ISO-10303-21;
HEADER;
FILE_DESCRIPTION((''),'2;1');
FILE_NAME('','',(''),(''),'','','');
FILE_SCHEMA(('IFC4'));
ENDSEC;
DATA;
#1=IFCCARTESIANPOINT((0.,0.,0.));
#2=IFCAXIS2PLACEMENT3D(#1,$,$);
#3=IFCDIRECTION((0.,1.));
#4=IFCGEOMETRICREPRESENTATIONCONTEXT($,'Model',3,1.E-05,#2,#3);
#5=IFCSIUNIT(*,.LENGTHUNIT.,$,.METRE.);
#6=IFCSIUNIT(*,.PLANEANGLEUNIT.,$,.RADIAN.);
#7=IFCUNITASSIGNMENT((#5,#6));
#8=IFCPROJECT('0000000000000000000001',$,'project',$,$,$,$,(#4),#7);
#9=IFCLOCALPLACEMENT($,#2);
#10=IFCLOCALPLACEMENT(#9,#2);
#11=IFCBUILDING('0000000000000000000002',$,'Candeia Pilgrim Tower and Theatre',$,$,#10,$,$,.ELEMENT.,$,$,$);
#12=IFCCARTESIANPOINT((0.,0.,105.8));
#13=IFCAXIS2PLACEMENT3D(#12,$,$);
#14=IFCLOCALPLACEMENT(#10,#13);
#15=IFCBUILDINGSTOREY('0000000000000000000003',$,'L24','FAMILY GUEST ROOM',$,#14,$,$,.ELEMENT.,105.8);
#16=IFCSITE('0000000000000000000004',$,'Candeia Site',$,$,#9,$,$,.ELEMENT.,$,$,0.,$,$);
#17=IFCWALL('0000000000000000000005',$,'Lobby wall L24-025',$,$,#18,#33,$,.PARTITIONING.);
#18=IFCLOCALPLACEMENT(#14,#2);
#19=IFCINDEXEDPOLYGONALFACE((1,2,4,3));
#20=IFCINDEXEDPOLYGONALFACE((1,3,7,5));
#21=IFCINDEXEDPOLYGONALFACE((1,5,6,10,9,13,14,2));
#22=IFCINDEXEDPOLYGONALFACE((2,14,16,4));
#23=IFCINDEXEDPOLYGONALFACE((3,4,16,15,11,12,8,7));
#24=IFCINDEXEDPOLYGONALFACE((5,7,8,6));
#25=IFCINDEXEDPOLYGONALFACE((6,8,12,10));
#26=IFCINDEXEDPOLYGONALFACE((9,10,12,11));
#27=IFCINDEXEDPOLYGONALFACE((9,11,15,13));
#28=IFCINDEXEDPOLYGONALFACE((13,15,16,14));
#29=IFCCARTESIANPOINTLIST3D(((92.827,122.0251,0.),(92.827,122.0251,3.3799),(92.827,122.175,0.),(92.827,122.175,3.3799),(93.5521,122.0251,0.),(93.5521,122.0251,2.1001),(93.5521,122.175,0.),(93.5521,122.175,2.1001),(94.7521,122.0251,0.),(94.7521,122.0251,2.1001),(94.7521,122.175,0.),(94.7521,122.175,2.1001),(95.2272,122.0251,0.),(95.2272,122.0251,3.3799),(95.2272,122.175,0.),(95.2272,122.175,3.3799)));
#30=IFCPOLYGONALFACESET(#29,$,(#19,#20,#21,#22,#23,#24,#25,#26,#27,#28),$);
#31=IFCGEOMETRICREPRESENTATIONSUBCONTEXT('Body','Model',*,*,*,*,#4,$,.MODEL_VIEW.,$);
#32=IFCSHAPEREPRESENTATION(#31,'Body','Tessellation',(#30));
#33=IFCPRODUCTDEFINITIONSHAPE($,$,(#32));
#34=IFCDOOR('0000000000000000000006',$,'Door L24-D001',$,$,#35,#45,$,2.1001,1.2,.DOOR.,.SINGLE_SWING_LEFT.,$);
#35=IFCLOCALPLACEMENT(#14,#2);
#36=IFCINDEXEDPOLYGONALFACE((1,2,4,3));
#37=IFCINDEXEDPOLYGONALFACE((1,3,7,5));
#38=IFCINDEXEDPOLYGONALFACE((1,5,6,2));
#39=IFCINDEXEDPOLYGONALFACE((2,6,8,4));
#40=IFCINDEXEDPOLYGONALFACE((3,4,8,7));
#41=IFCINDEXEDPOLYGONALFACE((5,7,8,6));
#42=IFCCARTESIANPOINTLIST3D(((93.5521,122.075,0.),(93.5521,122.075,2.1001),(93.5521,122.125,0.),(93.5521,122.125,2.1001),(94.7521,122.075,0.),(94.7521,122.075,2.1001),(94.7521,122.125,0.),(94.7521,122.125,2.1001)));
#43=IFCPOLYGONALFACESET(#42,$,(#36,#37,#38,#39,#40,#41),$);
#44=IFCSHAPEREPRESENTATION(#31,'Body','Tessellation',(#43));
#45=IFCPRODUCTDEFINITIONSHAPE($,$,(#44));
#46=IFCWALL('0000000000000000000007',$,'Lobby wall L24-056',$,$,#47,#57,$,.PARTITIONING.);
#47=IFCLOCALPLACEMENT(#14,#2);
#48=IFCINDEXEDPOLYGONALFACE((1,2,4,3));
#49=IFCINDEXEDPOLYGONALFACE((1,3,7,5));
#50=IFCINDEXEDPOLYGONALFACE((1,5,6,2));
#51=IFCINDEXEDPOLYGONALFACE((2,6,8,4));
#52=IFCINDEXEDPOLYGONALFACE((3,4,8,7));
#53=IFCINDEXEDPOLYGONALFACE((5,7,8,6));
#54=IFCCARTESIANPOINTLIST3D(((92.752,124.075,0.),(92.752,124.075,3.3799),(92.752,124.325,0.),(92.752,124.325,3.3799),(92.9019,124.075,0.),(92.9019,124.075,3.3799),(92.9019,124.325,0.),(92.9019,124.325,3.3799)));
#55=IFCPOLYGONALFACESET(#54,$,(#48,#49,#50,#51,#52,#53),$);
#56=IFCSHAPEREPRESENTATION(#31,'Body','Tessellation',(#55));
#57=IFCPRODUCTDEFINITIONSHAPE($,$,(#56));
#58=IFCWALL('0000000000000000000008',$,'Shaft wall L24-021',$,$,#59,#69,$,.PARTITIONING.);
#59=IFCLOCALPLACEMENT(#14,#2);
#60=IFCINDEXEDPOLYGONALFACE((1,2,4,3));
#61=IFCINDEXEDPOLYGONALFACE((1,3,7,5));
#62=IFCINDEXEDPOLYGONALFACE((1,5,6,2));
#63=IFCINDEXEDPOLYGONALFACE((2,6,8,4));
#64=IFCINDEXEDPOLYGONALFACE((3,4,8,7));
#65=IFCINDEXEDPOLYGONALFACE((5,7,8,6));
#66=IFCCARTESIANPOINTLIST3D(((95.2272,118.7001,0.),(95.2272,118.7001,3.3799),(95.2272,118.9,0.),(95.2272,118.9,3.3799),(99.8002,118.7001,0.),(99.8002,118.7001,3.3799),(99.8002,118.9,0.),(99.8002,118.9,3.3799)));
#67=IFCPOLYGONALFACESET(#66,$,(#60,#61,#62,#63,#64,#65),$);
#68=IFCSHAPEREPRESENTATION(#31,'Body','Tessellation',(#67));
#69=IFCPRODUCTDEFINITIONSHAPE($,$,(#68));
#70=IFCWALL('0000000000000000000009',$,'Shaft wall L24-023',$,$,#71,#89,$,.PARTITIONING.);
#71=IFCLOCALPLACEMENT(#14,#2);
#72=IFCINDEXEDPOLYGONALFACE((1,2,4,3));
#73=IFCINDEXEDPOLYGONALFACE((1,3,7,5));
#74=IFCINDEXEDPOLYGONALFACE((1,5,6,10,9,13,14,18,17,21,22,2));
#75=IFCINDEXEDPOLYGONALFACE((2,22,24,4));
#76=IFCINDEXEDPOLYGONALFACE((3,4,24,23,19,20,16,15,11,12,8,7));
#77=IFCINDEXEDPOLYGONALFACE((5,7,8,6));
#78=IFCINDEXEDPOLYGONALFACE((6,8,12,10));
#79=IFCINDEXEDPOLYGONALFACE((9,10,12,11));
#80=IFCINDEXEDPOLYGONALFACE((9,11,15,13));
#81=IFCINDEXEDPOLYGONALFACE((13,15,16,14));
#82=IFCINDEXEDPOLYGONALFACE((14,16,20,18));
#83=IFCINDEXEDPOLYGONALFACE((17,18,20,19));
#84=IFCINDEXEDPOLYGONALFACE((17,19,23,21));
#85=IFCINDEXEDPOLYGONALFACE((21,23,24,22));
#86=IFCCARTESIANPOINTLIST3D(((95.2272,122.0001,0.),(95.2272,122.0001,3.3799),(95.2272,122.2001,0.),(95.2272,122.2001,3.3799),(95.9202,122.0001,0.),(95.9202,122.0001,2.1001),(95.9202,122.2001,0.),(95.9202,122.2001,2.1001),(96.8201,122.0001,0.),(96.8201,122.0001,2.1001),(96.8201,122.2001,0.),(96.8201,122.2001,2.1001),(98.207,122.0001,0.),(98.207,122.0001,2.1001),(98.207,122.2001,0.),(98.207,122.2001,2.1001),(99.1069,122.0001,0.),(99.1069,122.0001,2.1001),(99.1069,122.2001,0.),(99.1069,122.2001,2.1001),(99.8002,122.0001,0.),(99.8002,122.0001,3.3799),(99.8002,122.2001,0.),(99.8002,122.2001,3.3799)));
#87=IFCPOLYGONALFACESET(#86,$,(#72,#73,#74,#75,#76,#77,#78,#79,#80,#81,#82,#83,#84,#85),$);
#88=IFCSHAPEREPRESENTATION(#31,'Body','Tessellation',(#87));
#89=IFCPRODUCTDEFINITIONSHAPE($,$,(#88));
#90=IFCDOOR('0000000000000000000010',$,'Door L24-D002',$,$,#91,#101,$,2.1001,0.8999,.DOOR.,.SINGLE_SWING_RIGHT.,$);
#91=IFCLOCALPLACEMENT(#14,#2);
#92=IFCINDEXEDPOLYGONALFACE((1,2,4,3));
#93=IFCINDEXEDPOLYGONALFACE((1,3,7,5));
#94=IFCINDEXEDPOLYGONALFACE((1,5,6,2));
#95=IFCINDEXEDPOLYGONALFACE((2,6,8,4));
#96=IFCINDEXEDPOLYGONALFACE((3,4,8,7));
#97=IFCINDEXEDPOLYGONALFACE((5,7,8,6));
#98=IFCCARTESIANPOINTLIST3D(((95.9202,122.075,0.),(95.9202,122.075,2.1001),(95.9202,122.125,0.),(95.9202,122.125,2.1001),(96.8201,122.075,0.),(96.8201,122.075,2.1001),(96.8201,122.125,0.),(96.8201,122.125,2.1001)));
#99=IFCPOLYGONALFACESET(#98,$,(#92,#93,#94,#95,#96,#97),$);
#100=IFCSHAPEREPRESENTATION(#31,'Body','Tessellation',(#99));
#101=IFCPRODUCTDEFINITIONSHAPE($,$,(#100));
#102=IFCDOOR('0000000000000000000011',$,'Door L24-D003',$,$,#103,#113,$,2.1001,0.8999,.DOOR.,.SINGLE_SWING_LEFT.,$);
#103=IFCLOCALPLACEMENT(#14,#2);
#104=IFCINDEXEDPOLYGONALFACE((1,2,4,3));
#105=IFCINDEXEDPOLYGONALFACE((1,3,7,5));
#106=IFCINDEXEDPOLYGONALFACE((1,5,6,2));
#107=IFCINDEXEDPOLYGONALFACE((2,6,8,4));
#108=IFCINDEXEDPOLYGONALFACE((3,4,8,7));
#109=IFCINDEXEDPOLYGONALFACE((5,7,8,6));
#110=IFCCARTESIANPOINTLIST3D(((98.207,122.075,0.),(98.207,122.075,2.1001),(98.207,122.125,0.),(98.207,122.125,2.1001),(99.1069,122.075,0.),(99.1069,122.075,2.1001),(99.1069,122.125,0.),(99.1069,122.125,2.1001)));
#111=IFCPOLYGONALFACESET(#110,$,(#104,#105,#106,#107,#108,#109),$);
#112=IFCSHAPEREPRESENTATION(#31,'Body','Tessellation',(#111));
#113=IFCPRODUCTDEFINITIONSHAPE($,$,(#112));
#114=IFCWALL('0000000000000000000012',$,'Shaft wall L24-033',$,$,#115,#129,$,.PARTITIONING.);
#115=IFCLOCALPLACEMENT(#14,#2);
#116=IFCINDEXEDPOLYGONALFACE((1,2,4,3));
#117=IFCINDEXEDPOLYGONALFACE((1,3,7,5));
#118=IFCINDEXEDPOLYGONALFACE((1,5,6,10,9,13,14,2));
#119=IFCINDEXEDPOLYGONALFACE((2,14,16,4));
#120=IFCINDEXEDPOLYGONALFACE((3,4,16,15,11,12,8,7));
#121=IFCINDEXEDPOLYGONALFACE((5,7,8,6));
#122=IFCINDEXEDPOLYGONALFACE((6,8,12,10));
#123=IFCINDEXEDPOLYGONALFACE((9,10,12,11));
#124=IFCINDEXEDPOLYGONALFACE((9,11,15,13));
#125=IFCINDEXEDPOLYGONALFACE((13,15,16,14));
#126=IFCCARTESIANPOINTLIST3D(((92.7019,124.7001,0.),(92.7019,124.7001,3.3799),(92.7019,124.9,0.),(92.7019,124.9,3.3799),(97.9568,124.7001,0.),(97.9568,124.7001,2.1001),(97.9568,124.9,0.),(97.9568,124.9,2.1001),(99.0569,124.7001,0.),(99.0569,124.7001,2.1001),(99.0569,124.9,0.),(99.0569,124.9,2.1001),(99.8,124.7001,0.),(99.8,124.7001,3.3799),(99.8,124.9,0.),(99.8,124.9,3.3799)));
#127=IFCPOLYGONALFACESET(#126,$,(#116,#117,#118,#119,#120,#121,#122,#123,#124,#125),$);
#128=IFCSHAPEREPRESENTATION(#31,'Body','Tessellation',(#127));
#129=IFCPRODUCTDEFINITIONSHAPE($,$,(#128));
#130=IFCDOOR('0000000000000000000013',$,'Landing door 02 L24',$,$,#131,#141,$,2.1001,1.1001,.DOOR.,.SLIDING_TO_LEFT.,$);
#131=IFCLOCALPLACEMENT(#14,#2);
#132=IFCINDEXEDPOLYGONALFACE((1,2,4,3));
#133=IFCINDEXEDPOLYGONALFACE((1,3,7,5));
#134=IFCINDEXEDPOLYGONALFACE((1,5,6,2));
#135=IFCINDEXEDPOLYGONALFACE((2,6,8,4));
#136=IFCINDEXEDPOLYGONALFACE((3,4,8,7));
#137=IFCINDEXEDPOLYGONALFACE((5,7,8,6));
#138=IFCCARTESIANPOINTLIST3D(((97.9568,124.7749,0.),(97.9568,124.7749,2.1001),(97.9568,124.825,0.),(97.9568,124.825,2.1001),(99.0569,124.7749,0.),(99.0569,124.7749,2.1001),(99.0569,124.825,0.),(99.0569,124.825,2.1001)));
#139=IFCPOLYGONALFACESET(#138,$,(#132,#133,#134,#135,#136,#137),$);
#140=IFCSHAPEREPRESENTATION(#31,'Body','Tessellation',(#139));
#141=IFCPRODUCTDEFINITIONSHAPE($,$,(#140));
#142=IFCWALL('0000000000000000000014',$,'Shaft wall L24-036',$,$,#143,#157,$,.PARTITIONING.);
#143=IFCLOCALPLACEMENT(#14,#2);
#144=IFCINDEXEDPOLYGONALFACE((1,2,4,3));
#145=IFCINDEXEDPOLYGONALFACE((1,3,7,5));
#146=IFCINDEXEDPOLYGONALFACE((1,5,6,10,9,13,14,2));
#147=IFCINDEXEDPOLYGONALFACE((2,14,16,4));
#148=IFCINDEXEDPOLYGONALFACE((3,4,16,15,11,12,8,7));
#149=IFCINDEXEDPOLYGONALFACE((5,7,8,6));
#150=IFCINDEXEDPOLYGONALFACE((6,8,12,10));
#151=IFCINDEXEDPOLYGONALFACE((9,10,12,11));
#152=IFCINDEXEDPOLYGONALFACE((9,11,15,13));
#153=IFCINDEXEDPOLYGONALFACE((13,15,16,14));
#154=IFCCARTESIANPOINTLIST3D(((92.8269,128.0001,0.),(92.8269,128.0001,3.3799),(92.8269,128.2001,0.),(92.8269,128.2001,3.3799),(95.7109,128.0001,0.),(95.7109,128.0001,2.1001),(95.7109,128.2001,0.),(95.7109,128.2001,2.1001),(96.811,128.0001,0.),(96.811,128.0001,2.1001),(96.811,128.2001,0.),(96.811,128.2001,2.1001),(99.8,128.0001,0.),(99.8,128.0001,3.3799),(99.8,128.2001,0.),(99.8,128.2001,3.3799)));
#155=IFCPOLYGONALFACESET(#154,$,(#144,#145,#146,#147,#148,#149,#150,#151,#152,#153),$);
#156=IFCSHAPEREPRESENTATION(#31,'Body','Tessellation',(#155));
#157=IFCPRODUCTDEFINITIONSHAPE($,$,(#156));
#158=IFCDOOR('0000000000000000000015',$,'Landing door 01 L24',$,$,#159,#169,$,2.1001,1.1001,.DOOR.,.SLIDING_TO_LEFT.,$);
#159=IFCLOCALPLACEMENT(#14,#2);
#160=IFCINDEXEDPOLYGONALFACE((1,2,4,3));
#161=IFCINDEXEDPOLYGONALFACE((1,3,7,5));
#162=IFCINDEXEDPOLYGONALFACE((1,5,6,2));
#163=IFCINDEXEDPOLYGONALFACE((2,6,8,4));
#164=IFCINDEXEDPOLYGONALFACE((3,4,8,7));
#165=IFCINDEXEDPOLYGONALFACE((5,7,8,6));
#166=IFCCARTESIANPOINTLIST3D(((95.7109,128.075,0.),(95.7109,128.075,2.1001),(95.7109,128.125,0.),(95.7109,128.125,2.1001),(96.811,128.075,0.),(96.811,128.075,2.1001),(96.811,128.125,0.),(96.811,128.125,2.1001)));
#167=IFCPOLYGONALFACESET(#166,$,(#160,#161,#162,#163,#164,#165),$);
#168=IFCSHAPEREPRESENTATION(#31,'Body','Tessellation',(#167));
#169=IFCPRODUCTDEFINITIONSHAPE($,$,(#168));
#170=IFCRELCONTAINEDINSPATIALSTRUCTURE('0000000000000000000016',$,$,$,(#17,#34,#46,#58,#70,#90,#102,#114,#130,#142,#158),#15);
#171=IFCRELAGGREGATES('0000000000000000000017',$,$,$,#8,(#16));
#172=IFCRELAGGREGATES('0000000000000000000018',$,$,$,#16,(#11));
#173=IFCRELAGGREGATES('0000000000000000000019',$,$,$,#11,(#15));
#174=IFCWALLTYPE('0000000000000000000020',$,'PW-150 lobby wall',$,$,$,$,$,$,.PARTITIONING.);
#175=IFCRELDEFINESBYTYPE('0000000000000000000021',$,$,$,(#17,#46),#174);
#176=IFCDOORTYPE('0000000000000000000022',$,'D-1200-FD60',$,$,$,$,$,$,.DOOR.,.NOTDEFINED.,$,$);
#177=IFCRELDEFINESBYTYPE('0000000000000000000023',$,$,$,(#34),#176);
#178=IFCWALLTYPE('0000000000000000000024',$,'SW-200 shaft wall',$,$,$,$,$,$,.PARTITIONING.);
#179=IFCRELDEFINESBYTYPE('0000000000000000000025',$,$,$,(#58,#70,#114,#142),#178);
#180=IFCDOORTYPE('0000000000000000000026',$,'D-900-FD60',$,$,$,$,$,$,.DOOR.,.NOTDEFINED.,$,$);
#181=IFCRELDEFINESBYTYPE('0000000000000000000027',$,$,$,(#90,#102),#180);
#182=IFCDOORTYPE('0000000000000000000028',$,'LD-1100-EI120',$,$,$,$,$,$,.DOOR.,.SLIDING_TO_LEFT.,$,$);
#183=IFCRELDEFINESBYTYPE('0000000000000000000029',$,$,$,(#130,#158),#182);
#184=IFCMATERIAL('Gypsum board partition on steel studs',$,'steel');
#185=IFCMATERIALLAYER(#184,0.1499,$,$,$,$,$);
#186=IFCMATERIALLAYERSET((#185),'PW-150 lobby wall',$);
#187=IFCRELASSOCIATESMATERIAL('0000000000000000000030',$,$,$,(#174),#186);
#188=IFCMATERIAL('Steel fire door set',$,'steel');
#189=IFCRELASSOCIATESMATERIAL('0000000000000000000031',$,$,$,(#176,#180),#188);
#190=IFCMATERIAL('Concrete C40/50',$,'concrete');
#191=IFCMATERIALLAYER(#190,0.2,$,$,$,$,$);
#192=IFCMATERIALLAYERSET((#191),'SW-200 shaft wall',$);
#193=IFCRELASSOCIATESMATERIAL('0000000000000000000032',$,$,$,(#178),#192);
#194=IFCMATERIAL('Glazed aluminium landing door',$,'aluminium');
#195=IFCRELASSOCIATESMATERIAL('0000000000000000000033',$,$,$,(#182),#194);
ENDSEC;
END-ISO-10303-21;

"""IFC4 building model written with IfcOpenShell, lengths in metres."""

from ifc_helpers import new_model, si_unit, direction, frame, frame_2d, origin, place, context, subcontext, project, spatial, rectangle, extrude, material, layer, layer_set, type_object, element, fill, save


model = new_model("IFC4")

# Units and contexts
model_context = context("Model", 3, precision=1e-05, world=origin(), true_north=direction((0.0, 1.0)))
body_context = subcontext(model_context, "Body", "Model", "MODEL_VIEW")
ifc_project = project(units=[si_unit("LENGTHUNIT", "METRE"), si_unit("PLANEANGLEUNIT", "RADIAN")], contexts=[model_context])

# Site, building, storey
site_placement = place(None, origin())
site = spatial("IfcSite", under=ifc_project, at=site_placement, Name="Candeia Site", CompositionType="ELEMENT", RefElevation=0.0)
building_placement = place(site_placement, origin())
building = spatial("IfcBuilding", under=site, at=building_placement, Name="Candeia Pilgrim Tower and Theatre", CompositionType="ELEMENT")
storey_placement = place(building_placement, frame((0.0, 0.0, 105.8)))
storey = spatial("IfcBuildingStorey", under=building, at=storey_placement, Name="L24", Description="FAMILY GUEST ROOM", CompositionType="ELEMENT", Elevation=105.8)

# Wall, opening, door
ifc_material_1 = material(Name="Gypsum board partition on steel studs", Category="steel")
ifc_layer_1 = layer(ifc_material_1, 0.1499)
ifc_layer_set_1 = layer_set([ifc_layer_1], Name="PW-150 lobby wall")
wall_type_1 = type_object("IfcWallType", Name="PW-150 lobby wall", PredefinedType="PARTITIONING", material=ifc_layer_set_1)
wall_1_placement = place(storey_placement, frame((92.8269, 122.1001, 0.0), z_axis=(0.0, 0.0, 1.0), x_axis=(1.0, 0.0, 0.0)))
wall_1 = element("IfcWall", 1, at=wall_1_placement, inside=storey, type_object=wall_type_1, Name="Lobby wall L24-025", PredefinedType="PARTITIONING", context=body_context, shape_type="SweptSolid", body=[
    extrude(rectangle(XDim=2.4001, YDim=0.1499, at=frame_2d((1.2002, 0.0))), origin(), (0.0, 0.0, 1.0), 3.3799),
])
opening_1_placement = place(wall_1_placement, frame((0.7251, 0.0, 0.0)))
opening_1 = element("IfcOpeningElement", 2, at=opening_1_placement, cuts=wall_1, PredefinedType="OPENING", context=body_context, shape_type="SweptSolid", body=[
    extrude(rectangle(XDim=1.2, YDim=2.1001, at=frame_2d((0.6001, 1.05))), frame((0.0, 0.085, 0.0), z_axis=(0.0, -1.0, 0.0), x_axis=(1.0, 0.0, 0.0)), (0.0, 0.0, 1.0), 0.1699),
])
ifc_material_2 = material(Name="Steel fire door set", Category="steel")
door_type_1 = type_object("IfcDoorType", Name="D-1200-FD60", OperationType="NOTDEFINED", PredefinedType="DOOR", material=ifc_material_2)
door_1_placement = place(opening_1_placement, origin())
door_1 = element("IfcDoor", 3, at=door_1_placement, inside=storey, type_object=door_type_1, Name="Door L24-D001", OperationType="SINGLE_SWING_LEFT", OverallHeight=2.1001, OverallWidth=1.2, PredefinedType="DOOR", context=body_context, shape_type="SweptSolid", body=[
    extrude(rectangle(XDim=1.2, YDim=2.1001, at=frame_2d((0.6001, 1.05))), frame((0.0, 0.0249, 0.0), z_axis=(0.0, -1.0, 0.0), x_axis=(1.0, 0.0, 0.0)), (0.0, 0.0, 1.0), 0.05),
])
fill(opening_1, door_1)

# Walls
wall_2_placement = place(storey_placement, frame((92.8269, 124.075, 0.0), z_axis=(0.0, 0.0, 1.0), x_axis=(0.0, 1.0, 0.0)))
element("IfcWall", 4, at=wall_2_placement, inside=storey, type_object=wall_type_1, Name="Lobby wall L24-056", PredefinedType="PARTITIONING", context=body_context, shape_type="SweptSolid", body=[
    extrude(rectangle(XDim=0.25, YDim=0.1499, at=frame_2d((0.125, 0.0))), origin(), (0.0, 0.0, 1.0), 3.3799),
])
ifc_material_3 = material(Name="Concrete C40/50", Category="concrete")
ifc_layer_2 = layer(ifc_material_3, 0.2)
ifc_layer_set_2 = layer_set([ifc_layer_2], Name="SW-200 shaft wall")
wall_type_2 = type_object("IfcWallType", Name="SW-200 shaft wall", PredefinedType="PARTITIONING", material=ifc_layer_set_2)
wall_3_placement = place(storey_placement, frame((95.2271, 118.8, 0.0), z_axis=(0.0, 0.0, 1.0), x_axis=(1.0, 0.0, 0.0)))
element("IfcWall", 5, at=wall_3_placement, inside=storey, type_object=wall_type_2, Name="Shaft wall L24-021", PredefinedType="PARTITIONING", context=body_context, shape_type="SweptSolid", body=[
    extrude(rectangle(XDim=4.573, YDim=0.2, at=frame_2d((2.2866, 0.0))), origin(), (0.0, 0.0, 1.0), 3.3799),
])

# Wall, openings, doors
wall_4_placement = place(storey_placement, frame((95.2271, 122.1001, 0.0), z_axis=(0.0, 0.0, 1.0), x_axis=(1.0, 0.0, 0.0)))
wall_4 = element("IfcWall", 6, at=wall_4_placement, inside=storey, type_object=wall_type_2, Name="Shaft wall L24-023", PredefinedType="PARTITIONING", context=body_context, shape_type="SweptSolid", body=[
    extrude(rectangle(XDim=4.573, YDim=0.2, at=frame_2d((2.2866, 0.0))), origin(), (0.0, 0.0, 1.0), 3.3799),
])
opening_2_placement = place(wall_4_placement, frame((0.6931, 0.0, 0.0)))
opening_2 = element("IfcOpeningElement", 7, at=opening_2_placement, cuts=wall_4, PredefinedType="OPENING", context=body_context, shape_type="SweptSolid", body=[
    extrude(rectangle(XDim=0.8999, YDim=2.1001, at=frame_2d((0.45, 1.05))), frame((0.0, 0.1099, 0.0), z_axis=(0.0, -1.0, 0.0), x_axis=(1.0, 0.0, 0.0)), (0.0, 0.0, 1.0), 0.22),
])
opening_3_placement = place(wall_4_placement, frame((2.98, 0.0, 0.0)))
opening_3 = element("IfcOpeningElement", 8, at=opening_3_placement, cuts=wall_4, PredefinedType="OPENING", context=body_context, shape_type="SweptSolid", body=[
    extrude(rectangle(XDim=0.8999, YDim=2.1001, at=frame_2d((0.45, 1.05))), frame((0.0, 0.1099, 0.0), z_axis=(0.0, -1.0, 0.0), x_axis=(1.0, 0.0, 0.0)), (0.0, 0.0, 1.0), 0.22),
])
door_type_2 = type_object("IfcDoorType", Name="D-900-FD60", OperationType="NOTDEFINED", PredefinedType="DOOR", material=ifc_material_2)
door_2_placement = place(opening_2_placement, origin())
door_2 = element("IfcDoor", 9, at=door_2_placement, inside=storey, type_object=door_type_2, Name="Door L24-D002", OperationType="SINGLE_SWING_RIGHT", OverallHeight=2.1001, OverallWidth=0.8999, PredefinedType="DOOR", context=body_context, shape_type="SweptSolid", body=[
    extrude(rectangle(XDim=0.8999, YDim=2.1001, at=frame_2d((0.45, 1.05))), frame((0.0, 0.0249, 0.0), z_axis=(0.0, -1.0, 0.0), x_axis=(1.0, 0.0, 0.0)), (0.0, 0.0, 1.0), 0.05),
])
fill(opening_2, door_2)
door_3_placement = place(opening_3_placement, origin())
door_3 = element("IfcDoor", 10, at=door_3_placement, inside=storey, type_object=door_type_2, Name="Door L24-D003", OperationType="SINGLE_SWING_LEFT", OverallHeight=2.1001, OverallWidth=0.8999, PredefinedType="DOOR", context=body_context, shape_type="SweptSolid", body=[
    extrude(rectangle(XDim=0.8999, YDim=2.1001, at=frame_2d((0.45, 1.05))), frame((0.0, 0.0249, 0.0), z_axis=(0.0, -1.0, 0.0), x_axis=(1.0, 0.0, 0.0)), (0.0, 0.0, 1.0), 0.05),
])
fill(opening_3, door_3)

# Walls, openings, doors
wall_5_placement = place(storey_placement, frame((92.7019, 124.8, 0.0), z_axis=(0.0, 0.0, 1.0), x_axis=(1.0, 0.0, 0.0)))
wall_5 = element("IfcWall", 11, at=wall_5_placement, inside=storey, type_object=wall_type_2, Name="Shaft wall L24-033", PredefinedType="PARTITIONING", context=body_context, shape_type="SweptSolid", body=[
    extrude(rectangle(XDim=7.0981, YDim=0.2, at=frame_2d((3.5491, 0.0))), origin(), (0.0, 0.0, 1.0), 3.3799),
])
opening_4_placement = place(wall_5_placement, frame((5.2549, 0.0, 0.0)))
opening_4 = element("IfcOpeningElement", 12, at=opening_4_placement, cuts=wall_5, PredefinedType="OPENING", context=body_context, shape_type="SweptSolid", body=[
    extrude(rectangle(XDim=1.1001, YDim=2.1001, at=frame_2d((0.55, 1.05))), frame((0.0, 0.1099, 0.0), z_axis=(0.0, -1.0, 0.0), x_axis=(1.0, 0.0, 0.0)), (0.0, 0.0, 1.0), 0.22),
])
ifc_material_4 = material(Name="Glazed aluminium landing door", Category="aluminium")
door_type_3 = type_object("IfcDoorType", Name="LD-1100-EI120", OperationType="SLIDING_TO_LEFT", PredefinedType="DOOR", material=ifc_material_4)
door_4_placement = place(opening_4_placement, origin())
door_4 = element("IfcDoor", 13, at=door_4_placement, inside=storey, type_object=door_type_3, Name="Landing door 02 L24", OperationType="SLIDING_TO_LEFT", OverallHeight=2.1001, OverallWidth=1.1001, PredefinedType="DOOR", context=body_context, shape_type="SweptSolid", body=[
    extrude(rectangle(XDim=1.1001, YDim=2.1001, at=frame_2d((0.55, 1.05))), frame((0.0, 0.0249, 0.0), z_axis=(0.0, -1.0, 0.0), x_axis=(1.0, 0.0, 0.0)), (0.0, 0.0, 1.0), 0.05),
])
fill(opening_4, door_4)
wall_6_placement = place(storey_placement, frame((92.8269, 128.1001, 0.0), z_axis=(0.0, 0.0, 1.0), x_axis=(1.0, 0.0, 0.0)))
wall_6 = element("IfcWall", 14, at=wall_6_placement, inside=storey, type_object=wall_type_2, Name="Shaft wall L24-036", PredefinedType="PARTITIONING", context=body_context, shape_type="SweptSolid", body=[
    extrude(rectangle(XDim=6.9731, YDim=0.2, at=frame_2d((3.4866, 0.0))), origin(), (0.0, 0.0, 1.0), 3.3799),
])
opening_5_placement = place(wall_6_placement, frame((2.884, 0.0, 0.0)))
opening_5 = element("IfcOpeningElement", 15, at=opening_5_placement, cuts=wall_6, PredefinedType="OPENING", context=body_context, shape_type="SweptSolid", body=[
    extrude(rectangle(XDim=1.1001, YDim=2.1001, at=frame_2d((0.55, 1.05))), frame((0.0, 0.1099, 0.0), z_axis=(0.0, -1.0, 0.0), x_axis=(1.0, 0.0, 0.0)), (0.0, 0.0, 1.0), 0.22),
])
door_5_placement = place(opening_5_placement, origin())
door_5 = element("IfcDoor", 16, at=door_5_placement, inside=storey, type_object=door_type_3, Name="Landing door 01 L24", OperationType="SLIDING_TO_LEFT", OverallHeight=2.1001, OverallWidth=1.1001, PredefinedType="DOOR", context=body_context, shape_type="SweptSolid", body=[
    extrude(rectangle(XDim=1.1001, YDim=2.1001, at=frame_2d((0.55, 1.05))), frame((0.0, 0.0249, 0.0), z_axis=(0.0, -1.0, 0.0), x_axis=(1.0, 0.0, 0.0)), (0.0, 0.0, 1.0), 0.05),
])
fill(opening_5, door_5)

save(model, "model.ifc")
